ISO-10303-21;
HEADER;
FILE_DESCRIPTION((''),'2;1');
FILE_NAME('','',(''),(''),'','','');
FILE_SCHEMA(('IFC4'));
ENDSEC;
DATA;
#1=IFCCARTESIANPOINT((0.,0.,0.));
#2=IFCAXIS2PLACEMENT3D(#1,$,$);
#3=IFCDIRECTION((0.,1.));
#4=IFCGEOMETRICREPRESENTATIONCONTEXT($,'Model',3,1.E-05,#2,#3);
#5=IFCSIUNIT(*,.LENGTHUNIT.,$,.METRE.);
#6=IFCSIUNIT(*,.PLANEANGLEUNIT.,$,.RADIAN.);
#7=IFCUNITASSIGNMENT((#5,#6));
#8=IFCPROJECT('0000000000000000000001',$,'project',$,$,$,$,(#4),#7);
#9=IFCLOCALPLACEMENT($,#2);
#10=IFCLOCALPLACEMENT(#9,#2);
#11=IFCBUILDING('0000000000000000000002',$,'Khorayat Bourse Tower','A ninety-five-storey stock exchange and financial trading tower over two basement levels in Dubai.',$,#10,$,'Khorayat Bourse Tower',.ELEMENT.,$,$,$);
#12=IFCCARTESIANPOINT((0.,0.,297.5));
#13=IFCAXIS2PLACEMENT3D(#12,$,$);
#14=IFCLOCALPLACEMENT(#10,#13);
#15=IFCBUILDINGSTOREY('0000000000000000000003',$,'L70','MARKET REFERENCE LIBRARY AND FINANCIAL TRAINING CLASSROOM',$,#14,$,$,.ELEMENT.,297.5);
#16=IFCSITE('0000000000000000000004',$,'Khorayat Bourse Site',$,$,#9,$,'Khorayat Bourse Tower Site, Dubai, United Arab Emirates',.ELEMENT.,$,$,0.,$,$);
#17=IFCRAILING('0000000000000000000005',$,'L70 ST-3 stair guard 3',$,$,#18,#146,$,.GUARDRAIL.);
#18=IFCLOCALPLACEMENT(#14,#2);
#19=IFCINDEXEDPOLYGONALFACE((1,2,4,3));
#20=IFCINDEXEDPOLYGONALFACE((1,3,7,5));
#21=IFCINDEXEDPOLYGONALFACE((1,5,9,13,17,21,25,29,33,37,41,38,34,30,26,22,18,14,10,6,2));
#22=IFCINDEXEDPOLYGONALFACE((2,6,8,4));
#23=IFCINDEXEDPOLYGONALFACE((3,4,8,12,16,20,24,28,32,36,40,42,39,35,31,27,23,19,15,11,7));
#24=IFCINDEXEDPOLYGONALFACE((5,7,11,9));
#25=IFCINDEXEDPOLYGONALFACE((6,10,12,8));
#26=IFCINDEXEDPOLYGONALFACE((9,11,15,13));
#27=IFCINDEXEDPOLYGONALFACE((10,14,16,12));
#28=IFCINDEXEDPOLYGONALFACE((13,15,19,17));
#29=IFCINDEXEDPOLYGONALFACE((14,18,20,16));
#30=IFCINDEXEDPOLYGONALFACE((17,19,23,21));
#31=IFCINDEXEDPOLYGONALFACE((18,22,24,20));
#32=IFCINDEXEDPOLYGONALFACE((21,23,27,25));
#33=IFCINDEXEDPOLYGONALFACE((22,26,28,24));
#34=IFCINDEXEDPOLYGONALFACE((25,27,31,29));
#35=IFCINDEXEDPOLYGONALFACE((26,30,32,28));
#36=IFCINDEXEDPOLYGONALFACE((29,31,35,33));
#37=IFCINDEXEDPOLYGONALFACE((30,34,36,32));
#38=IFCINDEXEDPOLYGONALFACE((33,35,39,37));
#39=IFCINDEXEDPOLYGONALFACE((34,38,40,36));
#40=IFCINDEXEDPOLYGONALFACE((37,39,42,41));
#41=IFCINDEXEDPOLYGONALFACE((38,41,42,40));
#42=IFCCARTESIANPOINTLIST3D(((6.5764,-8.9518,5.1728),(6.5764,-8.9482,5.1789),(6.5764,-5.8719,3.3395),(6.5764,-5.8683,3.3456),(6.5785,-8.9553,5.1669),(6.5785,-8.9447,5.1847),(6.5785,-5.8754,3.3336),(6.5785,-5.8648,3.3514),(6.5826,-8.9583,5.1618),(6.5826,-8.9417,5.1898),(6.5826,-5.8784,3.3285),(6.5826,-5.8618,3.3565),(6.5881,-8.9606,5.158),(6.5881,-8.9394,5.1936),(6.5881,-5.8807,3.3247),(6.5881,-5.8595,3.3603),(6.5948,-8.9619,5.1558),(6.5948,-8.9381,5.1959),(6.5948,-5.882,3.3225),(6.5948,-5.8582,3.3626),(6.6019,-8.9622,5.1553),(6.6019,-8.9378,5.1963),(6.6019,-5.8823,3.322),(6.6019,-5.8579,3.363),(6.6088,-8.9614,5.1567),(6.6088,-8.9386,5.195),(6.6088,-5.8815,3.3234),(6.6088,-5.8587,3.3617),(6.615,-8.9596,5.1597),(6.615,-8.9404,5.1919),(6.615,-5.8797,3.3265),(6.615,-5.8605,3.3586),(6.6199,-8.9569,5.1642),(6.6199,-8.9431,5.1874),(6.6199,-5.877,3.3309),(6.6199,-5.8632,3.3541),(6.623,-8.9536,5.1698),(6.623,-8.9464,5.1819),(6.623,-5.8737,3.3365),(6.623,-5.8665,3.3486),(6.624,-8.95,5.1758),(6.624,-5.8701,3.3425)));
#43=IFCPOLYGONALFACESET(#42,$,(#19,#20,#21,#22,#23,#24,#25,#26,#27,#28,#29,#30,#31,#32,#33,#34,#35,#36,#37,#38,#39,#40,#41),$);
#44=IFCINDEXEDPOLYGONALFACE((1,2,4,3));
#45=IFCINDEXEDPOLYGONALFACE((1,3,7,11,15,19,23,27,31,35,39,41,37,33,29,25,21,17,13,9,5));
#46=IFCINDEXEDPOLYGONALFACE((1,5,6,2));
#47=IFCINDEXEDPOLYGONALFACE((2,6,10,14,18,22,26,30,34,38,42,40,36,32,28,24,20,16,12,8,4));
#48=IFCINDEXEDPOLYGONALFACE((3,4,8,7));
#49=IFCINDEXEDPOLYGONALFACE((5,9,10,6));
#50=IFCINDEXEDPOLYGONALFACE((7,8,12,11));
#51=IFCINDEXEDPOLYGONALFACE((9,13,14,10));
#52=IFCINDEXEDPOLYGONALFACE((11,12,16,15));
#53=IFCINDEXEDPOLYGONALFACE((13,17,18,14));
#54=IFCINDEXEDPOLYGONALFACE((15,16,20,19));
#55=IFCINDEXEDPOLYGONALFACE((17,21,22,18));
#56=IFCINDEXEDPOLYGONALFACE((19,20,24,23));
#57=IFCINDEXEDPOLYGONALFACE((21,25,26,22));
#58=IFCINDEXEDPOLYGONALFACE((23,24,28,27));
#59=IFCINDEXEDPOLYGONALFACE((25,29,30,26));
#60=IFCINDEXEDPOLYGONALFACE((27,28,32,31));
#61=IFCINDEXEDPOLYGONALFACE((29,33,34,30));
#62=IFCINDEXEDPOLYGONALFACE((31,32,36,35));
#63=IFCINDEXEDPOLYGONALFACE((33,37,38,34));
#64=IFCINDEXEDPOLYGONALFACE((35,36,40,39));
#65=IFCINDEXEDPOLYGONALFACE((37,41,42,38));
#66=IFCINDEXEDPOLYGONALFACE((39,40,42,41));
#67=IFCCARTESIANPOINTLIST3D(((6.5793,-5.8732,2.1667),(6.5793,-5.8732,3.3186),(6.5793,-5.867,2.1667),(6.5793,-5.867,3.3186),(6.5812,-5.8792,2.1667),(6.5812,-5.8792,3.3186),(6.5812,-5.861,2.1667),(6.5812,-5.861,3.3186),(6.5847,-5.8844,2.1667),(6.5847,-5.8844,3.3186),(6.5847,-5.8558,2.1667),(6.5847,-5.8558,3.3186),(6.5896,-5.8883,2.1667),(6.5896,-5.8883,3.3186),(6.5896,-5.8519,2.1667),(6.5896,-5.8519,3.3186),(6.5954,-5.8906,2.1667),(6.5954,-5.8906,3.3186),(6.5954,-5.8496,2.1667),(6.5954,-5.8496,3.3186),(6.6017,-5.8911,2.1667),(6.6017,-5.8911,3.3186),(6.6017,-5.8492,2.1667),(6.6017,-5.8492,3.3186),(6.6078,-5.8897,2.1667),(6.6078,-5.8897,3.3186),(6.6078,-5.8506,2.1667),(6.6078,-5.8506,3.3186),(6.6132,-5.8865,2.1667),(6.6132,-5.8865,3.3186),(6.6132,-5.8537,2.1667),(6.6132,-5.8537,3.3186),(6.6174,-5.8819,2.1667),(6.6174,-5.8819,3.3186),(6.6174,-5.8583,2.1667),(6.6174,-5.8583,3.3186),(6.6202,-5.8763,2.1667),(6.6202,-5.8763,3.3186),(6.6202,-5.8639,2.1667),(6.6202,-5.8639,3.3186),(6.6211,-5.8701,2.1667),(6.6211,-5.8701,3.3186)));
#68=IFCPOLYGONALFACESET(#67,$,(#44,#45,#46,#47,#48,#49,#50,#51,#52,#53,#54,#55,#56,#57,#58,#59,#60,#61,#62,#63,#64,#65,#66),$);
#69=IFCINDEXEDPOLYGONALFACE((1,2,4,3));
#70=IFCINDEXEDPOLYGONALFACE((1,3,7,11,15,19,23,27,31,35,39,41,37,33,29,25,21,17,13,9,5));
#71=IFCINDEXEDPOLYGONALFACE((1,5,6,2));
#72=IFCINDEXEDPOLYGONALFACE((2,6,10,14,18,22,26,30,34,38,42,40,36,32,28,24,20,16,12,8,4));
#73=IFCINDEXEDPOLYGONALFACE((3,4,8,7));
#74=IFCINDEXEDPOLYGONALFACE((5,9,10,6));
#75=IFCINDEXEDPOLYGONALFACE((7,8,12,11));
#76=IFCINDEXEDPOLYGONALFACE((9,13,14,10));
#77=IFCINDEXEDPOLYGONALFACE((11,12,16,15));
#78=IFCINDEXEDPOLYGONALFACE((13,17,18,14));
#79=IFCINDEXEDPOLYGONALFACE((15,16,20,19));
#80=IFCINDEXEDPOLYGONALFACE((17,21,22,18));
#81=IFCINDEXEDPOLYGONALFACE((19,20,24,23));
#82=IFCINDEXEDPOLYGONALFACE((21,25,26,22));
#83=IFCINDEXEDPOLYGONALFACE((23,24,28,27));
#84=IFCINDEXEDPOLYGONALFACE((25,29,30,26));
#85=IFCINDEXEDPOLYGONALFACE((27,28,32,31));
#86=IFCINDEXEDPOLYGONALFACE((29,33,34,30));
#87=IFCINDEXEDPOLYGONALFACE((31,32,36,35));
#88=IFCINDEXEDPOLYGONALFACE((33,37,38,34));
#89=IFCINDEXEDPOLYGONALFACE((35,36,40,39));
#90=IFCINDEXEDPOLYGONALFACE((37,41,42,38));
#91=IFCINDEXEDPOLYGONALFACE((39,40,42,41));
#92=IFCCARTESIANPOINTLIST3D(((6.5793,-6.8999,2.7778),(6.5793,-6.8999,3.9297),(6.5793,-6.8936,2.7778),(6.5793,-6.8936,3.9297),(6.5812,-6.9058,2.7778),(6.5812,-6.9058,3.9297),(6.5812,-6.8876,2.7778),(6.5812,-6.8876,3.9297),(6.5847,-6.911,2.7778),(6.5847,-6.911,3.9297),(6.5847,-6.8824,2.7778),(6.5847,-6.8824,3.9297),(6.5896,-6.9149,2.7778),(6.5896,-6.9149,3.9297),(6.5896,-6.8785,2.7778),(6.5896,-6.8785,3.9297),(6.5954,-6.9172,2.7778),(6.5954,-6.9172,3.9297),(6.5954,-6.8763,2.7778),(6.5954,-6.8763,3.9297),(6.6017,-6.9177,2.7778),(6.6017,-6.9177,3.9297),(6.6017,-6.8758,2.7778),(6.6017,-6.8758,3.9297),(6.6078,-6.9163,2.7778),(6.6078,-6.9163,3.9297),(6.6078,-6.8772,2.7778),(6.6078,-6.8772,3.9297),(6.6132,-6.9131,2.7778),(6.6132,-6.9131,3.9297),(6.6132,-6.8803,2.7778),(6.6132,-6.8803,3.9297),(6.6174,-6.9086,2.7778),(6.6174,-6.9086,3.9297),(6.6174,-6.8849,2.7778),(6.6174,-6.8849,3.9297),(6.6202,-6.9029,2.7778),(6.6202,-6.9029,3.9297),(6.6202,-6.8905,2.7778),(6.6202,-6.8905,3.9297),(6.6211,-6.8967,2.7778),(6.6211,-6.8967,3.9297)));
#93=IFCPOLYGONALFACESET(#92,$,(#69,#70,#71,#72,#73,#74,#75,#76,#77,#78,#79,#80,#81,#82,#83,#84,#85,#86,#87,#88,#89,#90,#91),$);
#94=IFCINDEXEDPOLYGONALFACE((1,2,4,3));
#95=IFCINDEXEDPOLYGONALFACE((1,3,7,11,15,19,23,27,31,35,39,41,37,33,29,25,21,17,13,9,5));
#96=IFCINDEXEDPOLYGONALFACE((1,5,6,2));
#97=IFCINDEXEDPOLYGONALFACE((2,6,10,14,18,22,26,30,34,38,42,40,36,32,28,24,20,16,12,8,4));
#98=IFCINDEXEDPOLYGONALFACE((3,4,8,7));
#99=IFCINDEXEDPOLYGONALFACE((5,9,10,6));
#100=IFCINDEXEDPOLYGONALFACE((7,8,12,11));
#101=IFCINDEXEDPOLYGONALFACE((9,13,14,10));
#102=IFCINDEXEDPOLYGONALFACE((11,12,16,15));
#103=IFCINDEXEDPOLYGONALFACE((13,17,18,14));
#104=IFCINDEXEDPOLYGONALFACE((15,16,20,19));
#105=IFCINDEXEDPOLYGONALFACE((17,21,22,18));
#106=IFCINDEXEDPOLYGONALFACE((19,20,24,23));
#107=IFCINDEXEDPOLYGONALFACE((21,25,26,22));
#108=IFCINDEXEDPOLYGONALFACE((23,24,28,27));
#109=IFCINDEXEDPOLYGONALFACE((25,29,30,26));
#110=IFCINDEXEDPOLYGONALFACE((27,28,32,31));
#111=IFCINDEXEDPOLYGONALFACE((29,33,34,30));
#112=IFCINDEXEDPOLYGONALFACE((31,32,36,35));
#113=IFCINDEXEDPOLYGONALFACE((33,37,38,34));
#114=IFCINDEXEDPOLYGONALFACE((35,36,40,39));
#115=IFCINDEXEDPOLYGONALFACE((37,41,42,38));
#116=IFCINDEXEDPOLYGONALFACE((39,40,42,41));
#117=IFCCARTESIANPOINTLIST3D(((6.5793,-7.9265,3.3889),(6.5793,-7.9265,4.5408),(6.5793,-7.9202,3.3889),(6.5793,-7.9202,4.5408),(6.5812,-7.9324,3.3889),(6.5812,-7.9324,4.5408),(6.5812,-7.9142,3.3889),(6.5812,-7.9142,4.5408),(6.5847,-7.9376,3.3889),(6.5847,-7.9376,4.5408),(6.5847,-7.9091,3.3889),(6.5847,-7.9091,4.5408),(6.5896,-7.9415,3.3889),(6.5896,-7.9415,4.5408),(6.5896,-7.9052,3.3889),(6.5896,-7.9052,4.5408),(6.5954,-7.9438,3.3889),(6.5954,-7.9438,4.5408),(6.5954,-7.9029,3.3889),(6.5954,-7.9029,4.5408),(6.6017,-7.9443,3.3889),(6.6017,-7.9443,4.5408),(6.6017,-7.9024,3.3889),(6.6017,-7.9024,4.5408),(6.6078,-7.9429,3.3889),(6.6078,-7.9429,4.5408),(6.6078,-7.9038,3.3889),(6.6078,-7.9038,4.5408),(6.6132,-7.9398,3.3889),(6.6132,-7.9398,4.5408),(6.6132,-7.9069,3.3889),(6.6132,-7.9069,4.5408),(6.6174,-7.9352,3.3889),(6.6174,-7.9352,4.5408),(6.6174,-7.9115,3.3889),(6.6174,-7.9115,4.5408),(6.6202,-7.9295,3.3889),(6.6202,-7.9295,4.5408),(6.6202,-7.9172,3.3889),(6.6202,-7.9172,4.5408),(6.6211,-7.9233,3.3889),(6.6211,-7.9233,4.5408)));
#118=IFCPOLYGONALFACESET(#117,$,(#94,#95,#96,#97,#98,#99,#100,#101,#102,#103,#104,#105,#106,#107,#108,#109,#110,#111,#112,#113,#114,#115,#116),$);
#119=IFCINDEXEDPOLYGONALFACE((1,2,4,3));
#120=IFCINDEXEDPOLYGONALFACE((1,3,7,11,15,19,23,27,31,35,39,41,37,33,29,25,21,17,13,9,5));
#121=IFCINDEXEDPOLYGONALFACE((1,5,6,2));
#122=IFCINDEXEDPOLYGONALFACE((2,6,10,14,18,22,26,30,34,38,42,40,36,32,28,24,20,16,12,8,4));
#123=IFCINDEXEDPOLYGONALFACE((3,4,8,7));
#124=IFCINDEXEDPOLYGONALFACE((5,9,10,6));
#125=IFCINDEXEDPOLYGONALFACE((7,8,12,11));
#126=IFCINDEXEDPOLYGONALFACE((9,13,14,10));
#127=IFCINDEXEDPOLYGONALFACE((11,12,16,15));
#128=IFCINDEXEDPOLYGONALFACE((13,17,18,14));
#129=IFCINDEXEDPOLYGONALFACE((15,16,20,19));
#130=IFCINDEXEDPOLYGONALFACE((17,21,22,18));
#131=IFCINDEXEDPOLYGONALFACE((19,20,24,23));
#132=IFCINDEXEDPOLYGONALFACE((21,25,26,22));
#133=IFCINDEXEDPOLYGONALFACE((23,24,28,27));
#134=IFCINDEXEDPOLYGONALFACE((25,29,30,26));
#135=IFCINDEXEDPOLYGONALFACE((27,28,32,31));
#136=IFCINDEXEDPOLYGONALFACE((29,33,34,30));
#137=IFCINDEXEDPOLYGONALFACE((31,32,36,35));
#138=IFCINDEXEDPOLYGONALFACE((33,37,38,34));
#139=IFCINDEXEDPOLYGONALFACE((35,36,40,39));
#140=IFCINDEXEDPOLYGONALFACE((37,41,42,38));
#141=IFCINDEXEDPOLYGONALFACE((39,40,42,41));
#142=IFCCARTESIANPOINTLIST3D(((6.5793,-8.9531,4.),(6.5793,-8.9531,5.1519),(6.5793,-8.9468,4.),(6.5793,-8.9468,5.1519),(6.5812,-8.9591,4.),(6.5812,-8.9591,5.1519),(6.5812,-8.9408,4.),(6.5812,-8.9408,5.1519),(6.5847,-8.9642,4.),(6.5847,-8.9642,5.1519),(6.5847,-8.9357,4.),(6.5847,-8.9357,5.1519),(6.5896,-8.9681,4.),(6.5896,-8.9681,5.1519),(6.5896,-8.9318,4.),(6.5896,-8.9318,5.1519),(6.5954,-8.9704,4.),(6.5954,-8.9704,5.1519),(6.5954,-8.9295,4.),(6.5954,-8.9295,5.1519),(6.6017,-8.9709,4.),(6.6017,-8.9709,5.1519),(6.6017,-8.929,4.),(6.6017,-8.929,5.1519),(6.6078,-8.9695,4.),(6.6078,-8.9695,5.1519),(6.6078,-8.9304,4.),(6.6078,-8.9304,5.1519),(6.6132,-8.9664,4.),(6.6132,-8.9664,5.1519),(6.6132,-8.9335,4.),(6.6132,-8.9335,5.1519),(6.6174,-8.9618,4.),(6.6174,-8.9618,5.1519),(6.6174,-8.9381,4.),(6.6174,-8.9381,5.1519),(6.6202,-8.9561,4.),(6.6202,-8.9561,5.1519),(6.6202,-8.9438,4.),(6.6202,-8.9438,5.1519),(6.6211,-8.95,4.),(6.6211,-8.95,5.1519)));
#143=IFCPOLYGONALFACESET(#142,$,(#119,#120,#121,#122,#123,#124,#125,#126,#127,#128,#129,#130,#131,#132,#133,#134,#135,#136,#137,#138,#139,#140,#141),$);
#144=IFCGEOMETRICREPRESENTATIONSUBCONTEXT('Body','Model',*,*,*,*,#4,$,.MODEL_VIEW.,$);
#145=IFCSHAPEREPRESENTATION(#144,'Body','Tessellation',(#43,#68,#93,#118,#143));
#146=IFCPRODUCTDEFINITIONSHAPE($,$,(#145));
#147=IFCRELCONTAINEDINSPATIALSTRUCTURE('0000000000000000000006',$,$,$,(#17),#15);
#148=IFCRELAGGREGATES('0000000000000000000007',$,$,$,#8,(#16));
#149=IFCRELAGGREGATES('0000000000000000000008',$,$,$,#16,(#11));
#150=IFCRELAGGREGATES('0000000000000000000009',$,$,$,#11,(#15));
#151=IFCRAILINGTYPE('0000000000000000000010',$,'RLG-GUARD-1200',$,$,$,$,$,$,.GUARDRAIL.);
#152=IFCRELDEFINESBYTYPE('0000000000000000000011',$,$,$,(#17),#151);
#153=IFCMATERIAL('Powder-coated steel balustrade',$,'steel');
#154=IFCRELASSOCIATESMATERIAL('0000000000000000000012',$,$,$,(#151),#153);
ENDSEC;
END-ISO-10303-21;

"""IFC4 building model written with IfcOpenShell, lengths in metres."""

from ifc_helpers import new_model, si_unit, direction, frame, origin, origin_2d, place, context, subcontext, project, spatial, circle, extrude, source, transform, mapped, material, type_object, element, save


model = new_model("IFC4")

# Units and contexts
model_context = context("Model", 3, precision=1e-05, world=origin(), true_north=direction((0.0, 1.0)))
body_context = subcontext(model_context, "Body", "Model", "MODEL_VIEW")
ifc_project = project(units=[si_unit("LENGTHUNIT", "METRE"), si_unit("PLANEANGLEUNIT", "RADIAN")], contexts=[model_context])

# Site, building, storey
site_placement = place(None, origin())
site = spatial("IfcSite", under=ifc_project, at=site_placement, Name="Khorayat Bourse Site", LongName="Khorayat Bourse Tower Site, Dubai, United Arab Emirates", CompositionType="ELEMENT", RefElevation=0.0)
building_placement = place(site_placement, origin())
building = spatial("IfcBuilding", under=site, at=building_placement, Name="Khorayat Bourse Tower", Description="A ninety-five-storey stock exchange and financial trading tower over two basement levels in Dubai.", LongName="Khorayat Bourse Tower", CompositionType="ELEMENT")
storey_placement = place(building_placement, frame((0.0, 0.0, 297.5)))
storey = spatial("IfcBuildingStorey", under=building, at=storey_placement, Name="L70", Description="MARKET REFERENCE LIBRARY AND FINANCIAL TRAINING CLASSROOM", CompositionType="ELEMENT", Elevation=297.5)

# Railing
ifc_material_1 = material(Name="Powder-coated steel balustrade", Category="steel")
railing_type_1 = type_object("IfcRailingType", Name="RLG-GUARD-1200", PredefinedType="GUARDRAIL", material=ifc_material_1)
shared_shape_1 = source(origin(), body_context, "Body", "SweptSolid", [
    extrude(circle(Radius=0.0239, at=origin_2d()), frame((0.0, 0.0, 1.1758), z_axis=(0.0, -0.859291, 0.511487), x_axis=(1.0, 0.0, 0.0)), (0.0, 0.0, 1.0), 3.5842),
    extrude(circle(Radius=0.021, at=origin_2d()), origin(), (0.0, 0.0, 1.0), 1.1519),
    extrude(circle(Radius=0.021, at=origin_2d()), frame((0.0, -1.0266, 0.6111)), (0.0, 0.0, 1.0), 1.1519),
    extrude(circle(Radius=0.021, at=origin_2d()), frame((0.0, -2.0532, 1.2222)), (0.0, 0.0, 1.0), 1.1519),
    extrude(circle(Radius=0.021, at=origin_2d()), frame((0.0, -3.0798, 1.8333)), (0.0, 0.0, 1.0), 1.1519),
])
railing_1_placement = place(storey_placement, frame((6.6001, -5.8701, 2.1667)))
element("IfcRailing", 1, at=railing_1_placement, inside=storey, type_object=railing_type_1, Name="L70 ST-3 stair guard 3", PredefinedType="GUARDRAIL", context=body_context, shape_type="MappedRepresentation", body=[
    mapped(shared_shape_1, transform((0.0, 0.0, 0.0), scale=1.0)),
])

save(model, "model.ifc")
